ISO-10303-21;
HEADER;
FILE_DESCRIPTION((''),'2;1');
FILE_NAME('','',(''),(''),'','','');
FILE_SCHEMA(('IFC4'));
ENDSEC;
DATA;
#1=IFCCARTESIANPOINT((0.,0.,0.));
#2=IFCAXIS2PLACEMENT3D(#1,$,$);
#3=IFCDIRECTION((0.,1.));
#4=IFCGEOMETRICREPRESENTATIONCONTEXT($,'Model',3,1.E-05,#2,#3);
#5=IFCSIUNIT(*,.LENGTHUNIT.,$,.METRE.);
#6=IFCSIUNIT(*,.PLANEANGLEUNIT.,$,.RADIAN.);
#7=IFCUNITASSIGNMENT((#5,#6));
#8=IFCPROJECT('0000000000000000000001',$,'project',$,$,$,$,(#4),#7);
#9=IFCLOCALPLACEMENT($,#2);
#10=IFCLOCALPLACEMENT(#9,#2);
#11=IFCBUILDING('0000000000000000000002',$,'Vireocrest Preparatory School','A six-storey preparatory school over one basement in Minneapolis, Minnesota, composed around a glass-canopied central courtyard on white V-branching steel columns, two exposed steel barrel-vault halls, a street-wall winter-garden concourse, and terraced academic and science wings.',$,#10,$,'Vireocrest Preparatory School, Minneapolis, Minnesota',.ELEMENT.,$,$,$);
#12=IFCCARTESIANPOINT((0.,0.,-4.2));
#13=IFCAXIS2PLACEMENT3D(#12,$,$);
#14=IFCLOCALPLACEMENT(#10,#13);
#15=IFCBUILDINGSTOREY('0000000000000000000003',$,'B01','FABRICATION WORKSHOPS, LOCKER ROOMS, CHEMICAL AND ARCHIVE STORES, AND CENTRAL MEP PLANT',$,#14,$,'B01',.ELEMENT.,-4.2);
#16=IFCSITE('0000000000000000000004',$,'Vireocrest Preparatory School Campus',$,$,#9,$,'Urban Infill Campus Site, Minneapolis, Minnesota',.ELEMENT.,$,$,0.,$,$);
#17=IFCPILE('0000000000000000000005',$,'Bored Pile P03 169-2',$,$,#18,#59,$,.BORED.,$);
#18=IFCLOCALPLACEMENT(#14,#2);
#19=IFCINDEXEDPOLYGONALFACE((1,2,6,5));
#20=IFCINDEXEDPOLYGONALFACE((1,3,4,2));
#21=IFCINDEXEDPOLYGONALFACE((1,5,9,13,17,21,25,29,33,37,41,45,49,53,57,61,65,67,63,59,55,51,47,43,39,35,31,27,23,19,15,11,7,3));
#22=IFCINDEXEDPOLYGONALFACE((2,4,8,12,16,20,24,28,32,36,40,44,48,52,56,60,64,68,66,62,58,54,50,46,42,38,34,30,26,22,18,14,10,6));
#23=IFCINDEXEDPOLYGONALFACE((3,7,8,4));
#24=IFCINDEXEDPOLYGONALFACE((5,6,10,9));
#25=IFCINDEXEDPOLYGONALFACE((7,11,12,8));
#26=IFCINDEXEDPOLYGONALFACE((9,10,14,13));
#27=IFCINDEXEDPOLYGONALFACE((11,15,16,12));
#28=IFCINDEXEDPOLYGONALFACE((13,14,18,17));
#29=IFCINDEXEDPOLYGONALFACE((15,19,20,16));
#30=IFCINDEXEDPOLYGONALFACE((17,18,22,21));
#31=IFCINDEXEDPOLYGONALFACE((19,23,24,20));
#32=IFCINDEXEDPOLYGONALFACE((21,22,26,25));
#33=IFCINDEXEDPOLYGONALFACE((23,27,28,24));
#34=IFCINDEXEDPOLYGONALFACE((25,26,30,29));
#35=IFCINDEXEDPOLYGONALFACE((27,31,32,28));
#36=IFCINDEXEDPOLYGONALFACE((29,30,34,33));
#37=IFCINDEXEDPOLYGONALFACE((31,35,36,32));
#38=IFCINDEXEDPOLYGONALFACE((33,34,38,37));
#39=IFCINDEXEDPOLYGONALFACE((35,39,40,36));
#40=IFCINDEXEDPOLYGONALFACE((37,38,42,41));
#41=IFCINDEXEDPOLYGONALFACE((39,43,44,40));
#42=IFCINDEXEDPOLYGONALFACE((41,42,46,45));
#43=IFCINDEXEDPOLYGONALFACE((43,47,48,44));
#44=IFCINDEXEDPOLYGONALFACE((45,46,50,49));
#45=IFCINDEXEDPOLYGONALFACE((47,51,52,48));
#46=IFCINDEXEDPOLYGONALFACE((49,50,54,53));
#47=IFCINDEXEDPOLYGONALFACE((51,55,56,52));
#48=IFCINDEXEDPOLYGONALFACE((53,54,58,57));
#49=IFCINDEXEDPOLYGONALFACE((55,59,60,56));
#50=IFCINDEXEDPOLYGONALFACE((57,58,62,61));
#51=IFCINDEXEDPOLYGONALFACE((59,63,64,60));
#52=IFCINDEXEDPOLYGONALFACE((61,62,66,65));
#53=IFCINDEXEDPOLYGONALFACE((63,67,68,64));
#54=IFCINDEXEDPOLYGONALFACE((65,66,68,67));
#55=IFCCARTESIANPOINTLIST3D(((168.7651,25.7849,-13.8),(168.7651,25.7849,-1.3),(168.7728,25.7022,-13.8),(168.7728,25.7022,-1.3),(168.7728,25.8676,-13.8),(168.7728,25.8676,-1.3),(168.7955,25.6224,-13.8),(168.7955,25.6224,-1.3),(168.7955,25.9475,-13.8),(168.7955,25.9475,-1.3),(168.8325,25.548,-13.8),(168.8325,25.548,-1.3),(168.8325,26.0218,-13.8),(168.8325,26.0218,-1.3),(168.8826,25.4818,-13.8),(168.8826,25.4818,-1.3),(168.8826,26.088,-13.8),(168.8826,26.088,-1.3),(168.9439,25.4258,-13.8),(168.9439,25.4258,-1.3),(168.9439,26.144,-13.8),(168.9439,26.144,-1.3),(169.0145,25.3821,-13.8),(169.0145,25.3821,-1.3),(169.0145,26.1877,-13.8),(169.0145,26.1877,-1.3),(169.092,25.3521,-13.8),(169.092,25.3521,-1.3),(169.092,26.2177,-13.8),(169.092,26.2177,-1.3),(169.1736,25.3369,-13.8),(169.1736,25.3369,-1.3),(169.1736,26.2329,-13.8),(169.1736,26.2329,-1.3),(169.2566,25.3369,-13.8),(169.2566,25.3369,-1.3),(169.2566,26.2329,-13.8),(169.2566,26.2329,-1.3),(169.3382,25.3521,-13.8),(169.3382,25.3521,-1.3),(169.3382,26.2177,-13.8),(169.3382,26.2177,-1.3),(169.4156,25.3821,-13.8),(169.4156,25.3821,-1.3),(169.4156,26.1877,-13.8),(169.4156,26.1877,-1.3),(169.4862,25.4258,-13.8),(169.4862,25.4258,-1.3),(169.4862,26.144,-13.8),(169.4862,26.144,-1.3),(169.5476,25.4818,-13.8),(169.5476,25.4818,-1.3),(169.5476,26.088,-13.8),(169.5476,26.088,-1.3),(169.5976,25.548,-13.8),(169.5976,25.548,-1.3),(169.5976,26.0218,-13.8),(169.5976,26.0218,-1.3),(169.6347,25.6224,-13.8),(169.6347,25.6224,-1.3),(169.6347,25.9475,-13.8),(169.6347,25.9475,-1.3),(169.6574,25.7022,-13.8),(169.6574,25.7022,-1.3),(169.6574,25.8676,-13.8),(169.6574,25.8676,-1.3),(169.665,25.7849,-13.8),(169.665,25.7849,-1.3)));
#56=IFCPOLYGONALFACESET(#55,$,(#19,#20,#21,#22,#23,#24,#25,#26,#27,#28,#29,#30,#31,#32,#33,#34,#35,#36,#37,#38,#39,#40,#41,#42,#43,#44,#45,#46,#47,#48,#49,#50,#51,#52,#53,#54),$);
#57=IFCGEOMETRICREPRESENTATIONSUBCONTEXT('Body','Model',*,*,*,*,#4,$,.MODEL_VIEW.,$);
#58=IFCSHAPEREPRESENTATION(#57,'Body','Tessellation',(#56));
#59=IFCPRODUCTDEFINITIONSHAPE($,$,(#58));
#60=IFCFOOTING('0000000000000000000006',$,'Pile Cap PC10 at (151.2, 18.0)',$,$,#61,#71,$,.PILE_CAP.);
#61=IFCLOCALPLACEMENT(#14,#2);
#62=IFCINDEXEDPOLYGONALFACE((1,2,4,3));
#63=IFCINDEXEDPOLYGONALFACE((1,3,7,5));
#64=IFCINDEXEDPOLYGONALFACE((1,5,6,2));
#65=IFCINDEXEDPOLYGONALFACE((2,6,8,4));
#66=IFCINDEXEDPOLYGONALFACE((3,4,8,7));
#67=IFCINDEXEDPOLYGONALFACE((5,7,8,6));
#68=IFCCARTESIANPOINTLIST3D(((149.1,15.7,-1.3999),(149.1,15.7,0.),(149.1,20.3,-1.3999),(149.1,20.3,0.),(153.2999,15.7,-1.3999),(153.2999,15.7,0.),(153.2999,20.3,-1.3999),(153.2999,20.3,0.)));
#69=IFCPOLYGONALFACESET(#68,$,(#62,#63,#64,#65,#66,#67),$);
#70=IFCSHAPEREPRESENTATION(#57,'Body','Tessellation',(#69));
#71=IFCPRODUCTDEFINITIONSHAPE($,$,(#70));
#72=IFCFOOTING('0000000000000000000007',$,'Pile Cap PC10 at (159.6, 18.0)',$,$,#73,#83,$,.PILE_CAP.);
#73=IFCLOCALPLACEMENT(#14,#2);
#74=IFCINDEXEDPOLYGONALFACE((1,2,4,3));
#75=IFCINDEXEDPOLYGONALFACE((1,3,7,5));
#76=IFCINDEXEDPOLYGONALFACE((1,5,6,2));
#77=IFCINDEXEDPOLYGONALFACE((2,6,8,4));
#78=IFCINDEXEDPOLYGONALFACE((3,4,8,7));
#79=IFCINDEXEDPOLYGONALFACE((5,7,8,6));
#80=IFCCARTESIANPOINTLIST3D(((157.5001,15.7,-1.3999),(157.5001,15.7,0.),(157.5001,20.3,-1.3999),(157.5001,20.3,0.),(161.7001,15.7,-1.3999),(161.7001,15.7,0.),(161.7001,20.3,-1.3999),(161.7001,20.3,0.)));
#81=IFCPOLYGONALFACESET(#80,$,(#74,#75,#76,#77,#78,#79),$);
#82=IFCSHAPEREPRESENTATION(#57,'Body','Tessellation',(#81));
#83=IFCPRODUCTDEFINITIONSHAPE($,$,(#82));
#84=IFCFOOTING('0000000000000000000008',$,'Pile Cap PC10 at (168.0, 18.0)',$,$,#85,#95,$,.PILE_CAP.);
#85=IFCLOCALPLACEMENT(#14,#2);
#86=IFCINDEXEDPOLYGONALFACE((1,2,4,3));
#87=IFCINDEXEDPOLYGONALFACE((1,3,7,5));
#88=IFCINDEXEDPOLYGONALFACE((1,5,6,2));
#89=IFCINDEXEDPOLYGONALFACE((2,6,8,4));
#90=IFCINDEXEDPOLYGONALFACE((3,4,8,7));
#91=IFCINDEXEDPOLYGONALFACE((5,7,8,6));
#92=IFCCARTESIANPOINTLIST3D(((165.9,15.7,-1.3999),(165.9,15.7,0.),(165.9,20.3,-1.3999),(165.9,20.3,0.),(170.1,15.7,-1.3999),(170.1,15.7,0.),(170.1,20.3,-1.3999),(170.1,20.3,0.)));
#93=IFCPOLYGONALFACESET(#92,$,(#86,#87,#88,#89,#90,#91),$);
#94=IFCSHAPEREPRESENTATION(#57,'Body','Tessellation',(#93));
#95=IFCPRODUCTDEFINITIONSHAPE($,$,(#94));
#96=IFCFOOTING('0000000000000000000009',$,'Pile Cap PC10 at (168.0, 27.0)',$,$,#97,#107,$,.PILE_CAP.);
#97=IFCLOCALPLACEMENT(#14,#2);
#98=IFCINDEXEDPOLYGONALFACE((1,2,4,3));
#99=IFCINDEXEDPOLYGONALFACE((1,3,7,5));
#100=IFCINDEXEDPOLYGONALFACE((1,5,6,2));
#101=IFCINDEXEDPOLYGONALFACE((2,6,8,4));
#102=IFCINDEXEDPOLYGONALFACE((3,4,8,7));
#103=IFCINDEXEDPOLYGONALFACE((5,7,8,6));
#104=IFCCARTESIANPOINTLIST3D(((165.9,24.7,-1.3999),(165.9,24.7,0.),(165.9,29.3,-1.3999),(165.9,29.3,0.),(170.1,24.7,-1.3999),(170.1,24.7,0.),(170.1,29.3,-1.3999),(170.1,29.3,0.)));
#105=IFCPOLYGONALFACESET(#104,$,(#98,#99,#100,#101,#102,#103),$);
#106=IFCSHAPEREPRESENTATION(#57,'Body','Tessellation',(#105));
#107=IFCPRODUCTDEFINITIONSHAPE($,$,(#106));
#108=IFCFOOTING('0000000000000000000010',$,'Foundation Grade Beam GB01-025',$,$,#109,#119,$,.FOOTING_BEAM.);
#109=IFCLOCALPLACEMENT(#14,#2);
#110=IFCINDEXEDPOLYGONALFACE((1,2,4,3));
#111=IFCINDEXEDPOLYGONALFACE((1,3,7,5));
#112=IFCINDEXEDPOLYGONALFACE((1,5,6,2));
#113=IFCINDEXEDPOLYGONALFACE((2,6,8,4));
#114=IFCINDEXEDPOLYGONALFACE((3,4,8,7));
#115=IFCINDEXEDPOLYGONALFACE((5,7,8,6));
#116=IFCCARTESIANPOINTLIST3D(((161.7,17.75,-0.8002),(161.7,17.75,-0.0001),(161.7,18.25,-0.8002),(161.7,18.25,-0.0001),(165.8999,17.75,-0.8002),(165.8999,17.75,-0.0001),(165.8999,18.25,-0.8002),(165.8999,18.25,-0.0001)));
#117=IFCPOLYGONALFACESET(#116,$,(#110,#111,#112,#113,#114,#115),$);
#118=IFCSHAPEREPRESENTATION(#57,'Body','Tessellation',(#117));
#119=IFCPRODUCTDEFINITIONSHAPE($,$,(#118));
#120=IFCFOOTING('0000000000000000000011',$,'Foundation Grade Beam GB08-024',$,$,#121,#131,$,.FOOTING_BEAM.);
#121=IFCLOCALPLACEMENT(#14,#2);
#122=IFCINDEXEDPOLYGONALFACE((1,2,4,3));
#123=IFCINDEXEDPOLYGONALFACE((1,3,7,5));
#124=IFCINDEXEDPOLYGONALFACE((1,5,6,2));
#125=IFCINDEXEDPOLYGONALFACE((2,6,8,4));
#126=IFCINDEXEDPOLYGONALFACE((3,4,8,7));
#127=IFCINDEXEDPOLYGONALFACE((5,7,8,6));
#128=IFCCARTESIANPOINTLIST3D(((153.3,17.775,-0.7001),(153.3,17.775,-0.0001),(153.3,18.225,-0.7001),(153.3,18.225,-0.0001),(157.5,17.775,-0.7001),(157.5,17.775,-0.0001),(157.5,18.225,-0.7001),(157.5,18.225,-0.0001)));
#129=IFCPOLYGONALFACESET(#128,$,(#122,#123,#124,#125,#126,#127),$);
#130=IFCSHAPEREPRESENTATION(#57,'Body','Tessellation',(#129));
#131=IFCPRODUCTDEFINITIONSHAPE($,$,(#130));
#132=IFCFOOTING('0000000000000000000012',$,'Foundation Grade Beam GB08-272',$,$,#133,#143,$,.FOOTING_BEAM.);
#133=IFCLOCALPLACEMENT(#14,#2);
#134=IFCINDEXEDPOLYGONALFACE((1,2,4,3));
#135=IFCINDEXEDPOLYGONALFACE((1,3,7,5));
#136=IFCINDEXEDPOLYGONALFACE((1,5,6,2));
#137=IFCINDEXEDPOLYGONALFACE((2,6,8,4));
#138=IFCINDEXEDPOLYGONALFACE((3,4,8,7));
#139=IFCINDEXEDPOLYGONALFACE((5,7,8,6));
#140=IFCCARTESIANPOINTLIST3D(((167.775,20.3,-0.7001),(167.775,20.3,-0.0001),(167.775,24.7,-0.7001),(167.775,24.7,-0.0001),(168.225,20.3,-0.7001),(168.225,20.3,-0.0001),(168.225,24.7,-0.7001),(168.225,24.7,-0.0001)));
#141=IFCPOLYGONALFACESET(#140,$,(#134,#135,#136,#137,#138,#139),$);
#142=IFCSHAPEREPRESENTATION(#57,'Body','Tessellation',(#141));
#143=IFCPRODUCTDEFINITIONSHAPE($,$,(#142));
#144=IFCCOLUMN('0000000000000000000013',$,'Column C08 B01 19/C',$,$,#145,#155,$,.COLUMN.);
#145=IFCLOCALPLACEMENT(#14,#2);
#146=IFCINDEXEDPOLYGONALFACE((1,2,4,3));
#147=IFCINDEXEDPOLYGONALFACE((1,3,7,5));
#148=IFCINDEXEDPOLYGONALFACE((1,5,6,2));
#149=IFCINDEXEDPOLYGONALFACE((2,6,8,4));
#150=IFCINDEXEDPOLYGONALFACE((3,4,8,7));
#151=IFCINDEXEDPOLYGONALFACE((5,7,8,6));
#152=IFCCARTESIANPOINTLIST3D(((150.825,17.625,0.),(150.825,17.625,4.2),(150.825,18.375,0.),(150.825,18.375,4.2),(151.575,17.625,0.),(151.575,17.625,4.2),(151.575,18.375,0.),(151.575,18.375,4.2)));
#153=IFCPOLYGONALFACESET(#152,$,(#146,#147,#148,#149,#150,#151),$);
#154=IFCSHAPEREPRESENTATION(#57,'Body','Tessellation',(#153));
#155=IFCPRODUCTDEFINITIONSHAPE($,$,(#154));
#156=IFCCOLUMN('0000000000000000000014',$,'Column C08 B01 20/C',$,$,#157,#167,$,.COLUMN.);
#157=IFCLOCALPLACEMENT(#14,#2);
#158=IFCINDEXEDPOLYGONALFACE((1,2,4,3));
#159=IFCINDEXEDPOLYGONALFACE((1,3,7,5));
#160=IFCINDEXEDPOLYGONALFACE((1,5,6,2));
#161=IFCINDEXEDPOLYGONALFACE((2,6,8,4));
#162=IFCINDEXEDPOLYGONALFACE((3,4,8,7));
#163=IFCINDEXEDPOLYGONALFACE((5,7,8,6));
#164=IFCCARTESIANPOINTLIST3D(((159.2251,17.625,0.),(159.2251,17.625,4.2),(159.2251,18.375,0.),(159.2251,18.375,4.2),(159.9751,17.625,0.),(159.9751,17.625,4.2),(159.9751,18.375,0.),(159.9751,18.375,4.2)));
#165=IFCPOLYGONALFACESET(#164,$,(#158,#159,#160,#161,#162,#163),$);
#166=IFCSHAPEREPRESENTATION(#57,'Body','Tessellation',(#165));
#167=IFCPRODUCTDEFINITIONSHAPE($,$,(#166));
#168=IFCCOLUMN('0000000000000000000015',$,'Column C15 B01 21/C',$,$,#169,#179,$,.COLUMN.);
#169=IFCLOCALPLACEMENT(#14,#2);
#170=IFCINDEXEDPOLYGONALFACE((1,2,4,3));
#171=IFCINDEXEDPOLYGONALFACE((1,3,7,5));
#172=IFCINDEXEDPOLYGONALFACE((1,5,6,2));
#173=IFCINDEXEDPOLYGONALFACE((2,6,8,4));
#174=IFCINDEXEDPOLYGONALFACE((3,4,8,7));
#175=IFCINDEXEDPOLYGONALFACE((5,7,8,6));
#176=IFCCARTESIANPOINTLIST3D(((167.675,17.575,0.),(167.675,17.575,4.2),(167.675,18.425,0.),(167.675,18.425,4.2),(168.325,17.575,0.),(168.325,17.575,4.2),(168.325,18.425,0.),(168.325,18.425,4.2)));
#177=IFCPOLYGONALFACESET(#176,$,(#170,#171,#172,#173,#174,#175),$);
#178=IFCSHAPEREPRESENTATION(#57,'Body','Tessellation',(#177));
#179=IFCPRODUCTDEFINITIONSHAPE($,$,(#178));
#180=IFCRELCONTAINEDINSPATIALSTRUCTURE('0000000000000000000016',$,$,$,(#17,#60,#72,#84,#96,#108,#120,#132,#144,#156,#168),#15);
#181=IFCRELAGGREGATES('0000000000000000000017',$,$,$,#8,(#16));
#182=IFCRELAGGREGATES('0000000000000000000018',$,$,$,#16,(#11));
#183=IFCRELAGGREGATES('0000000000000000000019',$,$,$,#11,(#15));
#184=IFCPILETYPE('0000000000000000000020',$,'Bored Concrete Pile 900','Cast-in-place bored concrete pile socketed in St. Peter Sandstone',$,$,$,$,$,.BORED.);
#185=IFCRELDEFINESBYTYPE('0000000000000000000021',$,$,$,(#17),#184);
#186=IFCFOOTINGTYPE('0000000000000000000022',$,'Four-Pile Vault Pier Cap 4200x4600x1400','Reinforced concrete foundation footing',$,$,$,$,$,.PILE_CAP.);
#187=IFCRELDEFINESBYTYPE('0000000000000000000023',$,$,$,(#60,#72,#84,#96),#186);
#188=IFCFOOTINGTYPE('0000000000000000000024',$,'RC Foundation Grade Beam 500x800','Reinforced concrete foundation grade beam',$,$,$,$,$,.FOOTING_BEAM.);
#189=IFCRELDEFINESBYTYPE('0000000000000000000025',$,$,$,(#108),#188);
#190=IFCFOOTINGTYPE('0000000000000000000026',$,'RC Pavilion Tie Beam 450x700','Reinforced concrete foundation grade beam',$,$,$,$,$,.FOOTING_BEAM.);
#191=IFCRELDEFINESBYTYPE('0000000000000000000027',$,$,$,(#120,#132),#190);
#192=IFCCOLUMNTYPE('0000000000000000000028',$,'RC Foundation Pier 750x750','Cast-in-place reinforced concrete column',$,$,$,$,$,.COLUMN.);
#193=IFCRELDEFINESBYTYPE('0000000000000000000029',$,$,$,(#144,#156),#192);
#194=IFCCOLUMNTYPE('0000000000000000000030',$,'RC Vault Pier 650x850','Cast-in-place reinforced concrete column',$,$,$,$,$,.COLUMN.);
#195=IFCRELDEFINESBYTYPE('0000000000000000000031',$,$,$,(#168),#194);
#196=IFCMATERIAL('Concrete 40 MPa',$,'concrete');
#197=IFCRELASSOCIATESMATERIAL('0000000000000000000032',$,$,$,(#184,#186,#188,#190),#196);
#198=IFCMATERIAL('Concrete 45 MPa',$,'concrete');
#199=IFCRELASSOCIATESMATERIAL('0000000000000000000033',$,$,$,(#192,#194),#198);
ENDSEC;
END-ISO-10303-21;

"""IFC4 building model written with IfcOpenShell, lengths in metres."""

from ifc_helpers import new_model, si_unit, direction, frame, origin, origin_2d, place, context, subcontext, project, spatial, rectangle, circle, extrude, material, material_profile, profile_set, type_object, element, save


model = new_model("IFC4")

# Units and contexts
model_context = context("Model", 3, precision=1e-05, world=origin(), true_north=direction((0.0, 1.0)))
body_context = subcontext(model_context, "Body", "Model", "MODEL_VIEW")
ifc_project = project(units=[si_unit("LENGTHUNIT", "METRE"), si_unit("PLANEANGLEUNIT", "RADIAN")], contexts=[model_context])

# Site, building, storey
site_placement = place(None, origin())
site = spatial("IfcSite", under=ifc_project, at=site_placement, Name="Vireocrest Preparatory School Campus", LongName="Urban Infill Campus Site, Minneapolis, Minnesota", CompositionType="ELEMENT", RefElevation=0.0)
building_placement = place(site_placement, origin())
building = spatial("IfcBuilding", under=site, at=building_placement, Name="Vireocrest Preparatory School", Description="A six-storey preparatory school over one basement in Minneapolis, Minnesota, composed around a glass-canopied central courtyard on white V-branching steel columns, two exposed steel barrel-vault halls, a street-wall winter-garden concourse, and terraced academic and science wings.", LongName="Vireocrest Preparatory School, Minneapolis, Minnesota", CompositionType="ELEMENT")
storey_placement = place(building_placement, frame((0.0, 0.0, -4.2)))
storey = spatial("IfcBuildingStorey", under=building, at=storey_placement, Name="B01", Description="FABRICATION WORKSHOPS, LOCKER ROOMS, CHEMICAL AND ARCHIVE STORES, AND CENTRAL MEP PLANT", LongName="B01", CompositionType="ELEMENT", Elevation=-4.2)

# Pile
ifc_material_1 = material(Name="Concrete 40 MPa", Category="concrete")
ifc_material_profile_1 = material_profile(ifc_material_1, circle(Radius=0.45, at=origin_2d()), Name="BORED PILE 900")
ifc_profile_set_1 = profile_set([ifc_material_profile_1], Name="Concrete 40 MPa")
pile_type = type_object("IfcPileType", Name="Bored Concrete Pile 900", Description="Cast-in-place bored concrete pile socketed in St. Peter Sandstone", PredefinedType="BORED", material=ifc_profile_set_1)
for number, where, z_axis, x_axis, name in (
    (1, (169.2151, 25.7849, -1.3), (0.0, 0.0, -1.0), (1.0, 0.0, 0.0), "Bored Pile P03 169-2"),
):
    element("IfcPile", number, at=place(storey_placement, frame(where, z_axis=z_axis, x_axis=x_axis)), inside=storey, type_object=pile_type, Name=name, PredefinedType="BORED", context=body_context, shape_type="SweptSolid", body=[
        extrude(circle(Radius=0.45, at=origin_2d()), origin(), (0.0, 0.0, 1.0), 12.5),
    ])

# Footings
footing_type_1 = type_object("IfcFootingType", Name="Four-Pile Vault Pier Cap 4200x4600x1400", Description="Reinforced concrete foundation footing", PredefinedType="PILE_CAP", material=ifc_material_1)
for number, where, z_axis, x_axis, name in (
    (2, (151.2, 18.0, -1.3999), (0.0, 0.0, 1.0), (1.0, 0.0, 0.0), "Pile Cap PC10 at (151.2, 18.0)"),
    (3, (159.6001, 18.0, -1.3999), (0.0, 0.0, 1.0), (1.0, 0.0, 0.0), "Pile Cap PC10 at (159.6, 18.0)"),
    (4, (168.0, 18.0, -1.3999), (0.0, 0.0, 1.0), (1.0, 0.0, 0.0), "Pile Cap PC10 at (168.0, 18.0)"),
    (5, (168.0, 27.0, -1.3999), (0.0, 0.0, 1.0), (1.0, 0.0, 0.0), "Pile Cap PC10 at (168.0, 27.0)"),
):
    element("IfcFooting", number, at=place(storey_placement, frame(where, z_axis=z_axis, x_axis=x_axis)), inside=storey, type_object=footing_type_1, Name=name, PredefinedType="PILE_CAP", context=body_context, shape_type="SweptSolid", body=[
        extrude(rectangle(XDim=4.2, YDim=4.6001, at=origin_2d()), origin(), (0.0, 0.0, 1.0), 1.3999),
    ])
ifc_material_profile_2 = material_profile(ifc_material_1, rectangle(XDim=0.5, YDim=0.8, at=origin_2d()), Name="GB 500x800")
ifc_profile_set_2 = profile_set([ifc_material_profile_2], Name="Concrete 40 MPa")
footing_type_2 = type_object("IfcFootingType", Name="RC Foundation Grade Beam 500x800", Description="Reinforced concrete foundation grade beam", PredefinedType="FOOTING_BEAM", material=ifc_profile_set_2)
footing_1_placement = place(storey_placement, frame((161.7, 18.0, -0.4001), z_axis=(1.0, 0.0, 0.0), x_axis=(0.0, 1.0, 0.0)))
element("IfcFooting", 6, at=footing_1_placement, inside=storey, type_object=footing_type_2, Name="Foundation Grade Beam GB01-025", PredefinedType="FOOTING_BEAM", context=body_context, shape_type="SweptSolid", body=[
    extrude(rectangle(XDim=0.5, YDim=0.8, at=origin_2d()), origin(), (0.0, 0.0, 1.0), 4.2),
])
ifc_material_profile_3 = material_profile(ifc_material_1, rectangle(XDim=0.45, YDim=0.7, at=origin_2d()), Name="GB 450x700")
ifc_profile_set_3 = profile_set([ifc_material_profile_3], Name="Concrete 40 MPa")
footing_type_3 = type_object("IfcFootingType", Name="RC Pavilion Tie Beam 450x700", Description="Reinforced concrete foundation grade beam", PredefinedType="FOOTING_BEAM", material=ifc_profile_set_3)
footing_2_placement = place(storey_placement, frame((153.3, 18.0, -0.3501), z_axis=(1.0, 0.0, 0.0), x_axis=(0.0, 1.0, 0.0)))
element("IfcFooting", 7, at=footing_2_placement, inside=storey, type_object=footing_type_3, Name="Foundation Grade Beam GB08-024", PredefinedType="FOOTING_BEAM", context=body_context, shape_type="SweptSolid", body=[
    extrude(rectangle(XDim=0.45, YDim=0.7, at=origin_2d()), origin(), (0.0, 0.0, 1.0), 4.2),
])
footing_3_placement = place(storey_placement, frame((168.0, 20.3, -0.3501), z_axis=(0.0, 1.0, 0.0), x_axis=(-1.0, 0.0, 0.0)))
element("IfcFooting", 8, at=footing_3_placement, inside=storey, type_object=footing_type_3, Name="Foundation Grade Beam GB08-272", PredefinedType="FOOTING_BEAM", context=body_context, shape_type="SweptSolid", body=[
    extrude(rectangle(XDim=0.45, YDim=0.7, at=origin_2d()), origin(), (0.0, 0.0, 1.0), 4.3999),
])

# Columns
ifc_material_2 = material(Name="Concrete 45 MPa", Category="concrete")
ifc_material_profile_4 = material_profile(ifc_material_2, rectangle(XDim=0.75, YDim=0.75, at=origin_2d()), Name="RC 750x750")
ifc_profile_set_4 = profile_set([ifc_material_profile_4], Name="Concrete 45 MPa")
column_type_1 = type_object("IfcColumnType", Name="RC Foundation Pier 750x750", Description="Cast-in-place reinforced concrete column", PredefinedType="COLUMN", material=ifc_profile_set_4)
for number, where, z_axis, x_axis, name in (
    (9, (151.2, 18.0, 0.0), (0.0, 0.0, 1.0), (1.0, 0.0, 0.0), "Column C08 B01 19/C"),
    (10, (159.6001, 18.0, 0.0), (0.0, 0.0, 1.0), (1.0, 0.0, 0.0), "Column C08 B01 20/C"),
):
    element("IfcColumn", number, at=place(storey_placement, frame(where, z_axis=z_axis, x_axis=x_axis)), inside=storey, type_object=column_type_1, Name=name, PredefinedType="COLUMN", context=body_context, shape_type="SweptSolid", body=[
        extrude(rectangle(XDim=0.75, YDim=0.75, at=origin_2d()), origin(), (0.0, 0.0, 1.0), 4.2),
    ])
ifc_material_profile_5 = material_profile(ifc_material_2, rectangle(XDim=0.6499, YDim=0.8501, at=origin_2d()), Name="RC 650x850")
ifc_profile_set_5 = profile_set([ifc_material_profile_5], Name="Concrete 45 MPa")
column_type_2 = type_object("IfcColumnType", Name="RC Vault Pier 650x850", Description="Cast-in-place reinforced concrete column", PredefinedType="COLUMN", material=ifc_profile_set_5)
column_placement = place(storey_placement, frame((168.0, 18.0, 0.0), z_axis=(0.0, 0.0, 1.0), x_axis=(1.0, 0.0, 0.0)))
element("IfcColumn", 11, at=column_placement, inside=storey, type_object=column_type_2, Name="Column C15 B01 21/C", PredefinedType="COLUMN", context=body_context, shape_type="SweptSolid", body=[
    extrude(rectangle(XDim=0.6499, YDim=0.8501, at=origin_2d()), origin(), (0.0, 0.0, 1.0), 4.2),
])

save(model, "model.ifc")
